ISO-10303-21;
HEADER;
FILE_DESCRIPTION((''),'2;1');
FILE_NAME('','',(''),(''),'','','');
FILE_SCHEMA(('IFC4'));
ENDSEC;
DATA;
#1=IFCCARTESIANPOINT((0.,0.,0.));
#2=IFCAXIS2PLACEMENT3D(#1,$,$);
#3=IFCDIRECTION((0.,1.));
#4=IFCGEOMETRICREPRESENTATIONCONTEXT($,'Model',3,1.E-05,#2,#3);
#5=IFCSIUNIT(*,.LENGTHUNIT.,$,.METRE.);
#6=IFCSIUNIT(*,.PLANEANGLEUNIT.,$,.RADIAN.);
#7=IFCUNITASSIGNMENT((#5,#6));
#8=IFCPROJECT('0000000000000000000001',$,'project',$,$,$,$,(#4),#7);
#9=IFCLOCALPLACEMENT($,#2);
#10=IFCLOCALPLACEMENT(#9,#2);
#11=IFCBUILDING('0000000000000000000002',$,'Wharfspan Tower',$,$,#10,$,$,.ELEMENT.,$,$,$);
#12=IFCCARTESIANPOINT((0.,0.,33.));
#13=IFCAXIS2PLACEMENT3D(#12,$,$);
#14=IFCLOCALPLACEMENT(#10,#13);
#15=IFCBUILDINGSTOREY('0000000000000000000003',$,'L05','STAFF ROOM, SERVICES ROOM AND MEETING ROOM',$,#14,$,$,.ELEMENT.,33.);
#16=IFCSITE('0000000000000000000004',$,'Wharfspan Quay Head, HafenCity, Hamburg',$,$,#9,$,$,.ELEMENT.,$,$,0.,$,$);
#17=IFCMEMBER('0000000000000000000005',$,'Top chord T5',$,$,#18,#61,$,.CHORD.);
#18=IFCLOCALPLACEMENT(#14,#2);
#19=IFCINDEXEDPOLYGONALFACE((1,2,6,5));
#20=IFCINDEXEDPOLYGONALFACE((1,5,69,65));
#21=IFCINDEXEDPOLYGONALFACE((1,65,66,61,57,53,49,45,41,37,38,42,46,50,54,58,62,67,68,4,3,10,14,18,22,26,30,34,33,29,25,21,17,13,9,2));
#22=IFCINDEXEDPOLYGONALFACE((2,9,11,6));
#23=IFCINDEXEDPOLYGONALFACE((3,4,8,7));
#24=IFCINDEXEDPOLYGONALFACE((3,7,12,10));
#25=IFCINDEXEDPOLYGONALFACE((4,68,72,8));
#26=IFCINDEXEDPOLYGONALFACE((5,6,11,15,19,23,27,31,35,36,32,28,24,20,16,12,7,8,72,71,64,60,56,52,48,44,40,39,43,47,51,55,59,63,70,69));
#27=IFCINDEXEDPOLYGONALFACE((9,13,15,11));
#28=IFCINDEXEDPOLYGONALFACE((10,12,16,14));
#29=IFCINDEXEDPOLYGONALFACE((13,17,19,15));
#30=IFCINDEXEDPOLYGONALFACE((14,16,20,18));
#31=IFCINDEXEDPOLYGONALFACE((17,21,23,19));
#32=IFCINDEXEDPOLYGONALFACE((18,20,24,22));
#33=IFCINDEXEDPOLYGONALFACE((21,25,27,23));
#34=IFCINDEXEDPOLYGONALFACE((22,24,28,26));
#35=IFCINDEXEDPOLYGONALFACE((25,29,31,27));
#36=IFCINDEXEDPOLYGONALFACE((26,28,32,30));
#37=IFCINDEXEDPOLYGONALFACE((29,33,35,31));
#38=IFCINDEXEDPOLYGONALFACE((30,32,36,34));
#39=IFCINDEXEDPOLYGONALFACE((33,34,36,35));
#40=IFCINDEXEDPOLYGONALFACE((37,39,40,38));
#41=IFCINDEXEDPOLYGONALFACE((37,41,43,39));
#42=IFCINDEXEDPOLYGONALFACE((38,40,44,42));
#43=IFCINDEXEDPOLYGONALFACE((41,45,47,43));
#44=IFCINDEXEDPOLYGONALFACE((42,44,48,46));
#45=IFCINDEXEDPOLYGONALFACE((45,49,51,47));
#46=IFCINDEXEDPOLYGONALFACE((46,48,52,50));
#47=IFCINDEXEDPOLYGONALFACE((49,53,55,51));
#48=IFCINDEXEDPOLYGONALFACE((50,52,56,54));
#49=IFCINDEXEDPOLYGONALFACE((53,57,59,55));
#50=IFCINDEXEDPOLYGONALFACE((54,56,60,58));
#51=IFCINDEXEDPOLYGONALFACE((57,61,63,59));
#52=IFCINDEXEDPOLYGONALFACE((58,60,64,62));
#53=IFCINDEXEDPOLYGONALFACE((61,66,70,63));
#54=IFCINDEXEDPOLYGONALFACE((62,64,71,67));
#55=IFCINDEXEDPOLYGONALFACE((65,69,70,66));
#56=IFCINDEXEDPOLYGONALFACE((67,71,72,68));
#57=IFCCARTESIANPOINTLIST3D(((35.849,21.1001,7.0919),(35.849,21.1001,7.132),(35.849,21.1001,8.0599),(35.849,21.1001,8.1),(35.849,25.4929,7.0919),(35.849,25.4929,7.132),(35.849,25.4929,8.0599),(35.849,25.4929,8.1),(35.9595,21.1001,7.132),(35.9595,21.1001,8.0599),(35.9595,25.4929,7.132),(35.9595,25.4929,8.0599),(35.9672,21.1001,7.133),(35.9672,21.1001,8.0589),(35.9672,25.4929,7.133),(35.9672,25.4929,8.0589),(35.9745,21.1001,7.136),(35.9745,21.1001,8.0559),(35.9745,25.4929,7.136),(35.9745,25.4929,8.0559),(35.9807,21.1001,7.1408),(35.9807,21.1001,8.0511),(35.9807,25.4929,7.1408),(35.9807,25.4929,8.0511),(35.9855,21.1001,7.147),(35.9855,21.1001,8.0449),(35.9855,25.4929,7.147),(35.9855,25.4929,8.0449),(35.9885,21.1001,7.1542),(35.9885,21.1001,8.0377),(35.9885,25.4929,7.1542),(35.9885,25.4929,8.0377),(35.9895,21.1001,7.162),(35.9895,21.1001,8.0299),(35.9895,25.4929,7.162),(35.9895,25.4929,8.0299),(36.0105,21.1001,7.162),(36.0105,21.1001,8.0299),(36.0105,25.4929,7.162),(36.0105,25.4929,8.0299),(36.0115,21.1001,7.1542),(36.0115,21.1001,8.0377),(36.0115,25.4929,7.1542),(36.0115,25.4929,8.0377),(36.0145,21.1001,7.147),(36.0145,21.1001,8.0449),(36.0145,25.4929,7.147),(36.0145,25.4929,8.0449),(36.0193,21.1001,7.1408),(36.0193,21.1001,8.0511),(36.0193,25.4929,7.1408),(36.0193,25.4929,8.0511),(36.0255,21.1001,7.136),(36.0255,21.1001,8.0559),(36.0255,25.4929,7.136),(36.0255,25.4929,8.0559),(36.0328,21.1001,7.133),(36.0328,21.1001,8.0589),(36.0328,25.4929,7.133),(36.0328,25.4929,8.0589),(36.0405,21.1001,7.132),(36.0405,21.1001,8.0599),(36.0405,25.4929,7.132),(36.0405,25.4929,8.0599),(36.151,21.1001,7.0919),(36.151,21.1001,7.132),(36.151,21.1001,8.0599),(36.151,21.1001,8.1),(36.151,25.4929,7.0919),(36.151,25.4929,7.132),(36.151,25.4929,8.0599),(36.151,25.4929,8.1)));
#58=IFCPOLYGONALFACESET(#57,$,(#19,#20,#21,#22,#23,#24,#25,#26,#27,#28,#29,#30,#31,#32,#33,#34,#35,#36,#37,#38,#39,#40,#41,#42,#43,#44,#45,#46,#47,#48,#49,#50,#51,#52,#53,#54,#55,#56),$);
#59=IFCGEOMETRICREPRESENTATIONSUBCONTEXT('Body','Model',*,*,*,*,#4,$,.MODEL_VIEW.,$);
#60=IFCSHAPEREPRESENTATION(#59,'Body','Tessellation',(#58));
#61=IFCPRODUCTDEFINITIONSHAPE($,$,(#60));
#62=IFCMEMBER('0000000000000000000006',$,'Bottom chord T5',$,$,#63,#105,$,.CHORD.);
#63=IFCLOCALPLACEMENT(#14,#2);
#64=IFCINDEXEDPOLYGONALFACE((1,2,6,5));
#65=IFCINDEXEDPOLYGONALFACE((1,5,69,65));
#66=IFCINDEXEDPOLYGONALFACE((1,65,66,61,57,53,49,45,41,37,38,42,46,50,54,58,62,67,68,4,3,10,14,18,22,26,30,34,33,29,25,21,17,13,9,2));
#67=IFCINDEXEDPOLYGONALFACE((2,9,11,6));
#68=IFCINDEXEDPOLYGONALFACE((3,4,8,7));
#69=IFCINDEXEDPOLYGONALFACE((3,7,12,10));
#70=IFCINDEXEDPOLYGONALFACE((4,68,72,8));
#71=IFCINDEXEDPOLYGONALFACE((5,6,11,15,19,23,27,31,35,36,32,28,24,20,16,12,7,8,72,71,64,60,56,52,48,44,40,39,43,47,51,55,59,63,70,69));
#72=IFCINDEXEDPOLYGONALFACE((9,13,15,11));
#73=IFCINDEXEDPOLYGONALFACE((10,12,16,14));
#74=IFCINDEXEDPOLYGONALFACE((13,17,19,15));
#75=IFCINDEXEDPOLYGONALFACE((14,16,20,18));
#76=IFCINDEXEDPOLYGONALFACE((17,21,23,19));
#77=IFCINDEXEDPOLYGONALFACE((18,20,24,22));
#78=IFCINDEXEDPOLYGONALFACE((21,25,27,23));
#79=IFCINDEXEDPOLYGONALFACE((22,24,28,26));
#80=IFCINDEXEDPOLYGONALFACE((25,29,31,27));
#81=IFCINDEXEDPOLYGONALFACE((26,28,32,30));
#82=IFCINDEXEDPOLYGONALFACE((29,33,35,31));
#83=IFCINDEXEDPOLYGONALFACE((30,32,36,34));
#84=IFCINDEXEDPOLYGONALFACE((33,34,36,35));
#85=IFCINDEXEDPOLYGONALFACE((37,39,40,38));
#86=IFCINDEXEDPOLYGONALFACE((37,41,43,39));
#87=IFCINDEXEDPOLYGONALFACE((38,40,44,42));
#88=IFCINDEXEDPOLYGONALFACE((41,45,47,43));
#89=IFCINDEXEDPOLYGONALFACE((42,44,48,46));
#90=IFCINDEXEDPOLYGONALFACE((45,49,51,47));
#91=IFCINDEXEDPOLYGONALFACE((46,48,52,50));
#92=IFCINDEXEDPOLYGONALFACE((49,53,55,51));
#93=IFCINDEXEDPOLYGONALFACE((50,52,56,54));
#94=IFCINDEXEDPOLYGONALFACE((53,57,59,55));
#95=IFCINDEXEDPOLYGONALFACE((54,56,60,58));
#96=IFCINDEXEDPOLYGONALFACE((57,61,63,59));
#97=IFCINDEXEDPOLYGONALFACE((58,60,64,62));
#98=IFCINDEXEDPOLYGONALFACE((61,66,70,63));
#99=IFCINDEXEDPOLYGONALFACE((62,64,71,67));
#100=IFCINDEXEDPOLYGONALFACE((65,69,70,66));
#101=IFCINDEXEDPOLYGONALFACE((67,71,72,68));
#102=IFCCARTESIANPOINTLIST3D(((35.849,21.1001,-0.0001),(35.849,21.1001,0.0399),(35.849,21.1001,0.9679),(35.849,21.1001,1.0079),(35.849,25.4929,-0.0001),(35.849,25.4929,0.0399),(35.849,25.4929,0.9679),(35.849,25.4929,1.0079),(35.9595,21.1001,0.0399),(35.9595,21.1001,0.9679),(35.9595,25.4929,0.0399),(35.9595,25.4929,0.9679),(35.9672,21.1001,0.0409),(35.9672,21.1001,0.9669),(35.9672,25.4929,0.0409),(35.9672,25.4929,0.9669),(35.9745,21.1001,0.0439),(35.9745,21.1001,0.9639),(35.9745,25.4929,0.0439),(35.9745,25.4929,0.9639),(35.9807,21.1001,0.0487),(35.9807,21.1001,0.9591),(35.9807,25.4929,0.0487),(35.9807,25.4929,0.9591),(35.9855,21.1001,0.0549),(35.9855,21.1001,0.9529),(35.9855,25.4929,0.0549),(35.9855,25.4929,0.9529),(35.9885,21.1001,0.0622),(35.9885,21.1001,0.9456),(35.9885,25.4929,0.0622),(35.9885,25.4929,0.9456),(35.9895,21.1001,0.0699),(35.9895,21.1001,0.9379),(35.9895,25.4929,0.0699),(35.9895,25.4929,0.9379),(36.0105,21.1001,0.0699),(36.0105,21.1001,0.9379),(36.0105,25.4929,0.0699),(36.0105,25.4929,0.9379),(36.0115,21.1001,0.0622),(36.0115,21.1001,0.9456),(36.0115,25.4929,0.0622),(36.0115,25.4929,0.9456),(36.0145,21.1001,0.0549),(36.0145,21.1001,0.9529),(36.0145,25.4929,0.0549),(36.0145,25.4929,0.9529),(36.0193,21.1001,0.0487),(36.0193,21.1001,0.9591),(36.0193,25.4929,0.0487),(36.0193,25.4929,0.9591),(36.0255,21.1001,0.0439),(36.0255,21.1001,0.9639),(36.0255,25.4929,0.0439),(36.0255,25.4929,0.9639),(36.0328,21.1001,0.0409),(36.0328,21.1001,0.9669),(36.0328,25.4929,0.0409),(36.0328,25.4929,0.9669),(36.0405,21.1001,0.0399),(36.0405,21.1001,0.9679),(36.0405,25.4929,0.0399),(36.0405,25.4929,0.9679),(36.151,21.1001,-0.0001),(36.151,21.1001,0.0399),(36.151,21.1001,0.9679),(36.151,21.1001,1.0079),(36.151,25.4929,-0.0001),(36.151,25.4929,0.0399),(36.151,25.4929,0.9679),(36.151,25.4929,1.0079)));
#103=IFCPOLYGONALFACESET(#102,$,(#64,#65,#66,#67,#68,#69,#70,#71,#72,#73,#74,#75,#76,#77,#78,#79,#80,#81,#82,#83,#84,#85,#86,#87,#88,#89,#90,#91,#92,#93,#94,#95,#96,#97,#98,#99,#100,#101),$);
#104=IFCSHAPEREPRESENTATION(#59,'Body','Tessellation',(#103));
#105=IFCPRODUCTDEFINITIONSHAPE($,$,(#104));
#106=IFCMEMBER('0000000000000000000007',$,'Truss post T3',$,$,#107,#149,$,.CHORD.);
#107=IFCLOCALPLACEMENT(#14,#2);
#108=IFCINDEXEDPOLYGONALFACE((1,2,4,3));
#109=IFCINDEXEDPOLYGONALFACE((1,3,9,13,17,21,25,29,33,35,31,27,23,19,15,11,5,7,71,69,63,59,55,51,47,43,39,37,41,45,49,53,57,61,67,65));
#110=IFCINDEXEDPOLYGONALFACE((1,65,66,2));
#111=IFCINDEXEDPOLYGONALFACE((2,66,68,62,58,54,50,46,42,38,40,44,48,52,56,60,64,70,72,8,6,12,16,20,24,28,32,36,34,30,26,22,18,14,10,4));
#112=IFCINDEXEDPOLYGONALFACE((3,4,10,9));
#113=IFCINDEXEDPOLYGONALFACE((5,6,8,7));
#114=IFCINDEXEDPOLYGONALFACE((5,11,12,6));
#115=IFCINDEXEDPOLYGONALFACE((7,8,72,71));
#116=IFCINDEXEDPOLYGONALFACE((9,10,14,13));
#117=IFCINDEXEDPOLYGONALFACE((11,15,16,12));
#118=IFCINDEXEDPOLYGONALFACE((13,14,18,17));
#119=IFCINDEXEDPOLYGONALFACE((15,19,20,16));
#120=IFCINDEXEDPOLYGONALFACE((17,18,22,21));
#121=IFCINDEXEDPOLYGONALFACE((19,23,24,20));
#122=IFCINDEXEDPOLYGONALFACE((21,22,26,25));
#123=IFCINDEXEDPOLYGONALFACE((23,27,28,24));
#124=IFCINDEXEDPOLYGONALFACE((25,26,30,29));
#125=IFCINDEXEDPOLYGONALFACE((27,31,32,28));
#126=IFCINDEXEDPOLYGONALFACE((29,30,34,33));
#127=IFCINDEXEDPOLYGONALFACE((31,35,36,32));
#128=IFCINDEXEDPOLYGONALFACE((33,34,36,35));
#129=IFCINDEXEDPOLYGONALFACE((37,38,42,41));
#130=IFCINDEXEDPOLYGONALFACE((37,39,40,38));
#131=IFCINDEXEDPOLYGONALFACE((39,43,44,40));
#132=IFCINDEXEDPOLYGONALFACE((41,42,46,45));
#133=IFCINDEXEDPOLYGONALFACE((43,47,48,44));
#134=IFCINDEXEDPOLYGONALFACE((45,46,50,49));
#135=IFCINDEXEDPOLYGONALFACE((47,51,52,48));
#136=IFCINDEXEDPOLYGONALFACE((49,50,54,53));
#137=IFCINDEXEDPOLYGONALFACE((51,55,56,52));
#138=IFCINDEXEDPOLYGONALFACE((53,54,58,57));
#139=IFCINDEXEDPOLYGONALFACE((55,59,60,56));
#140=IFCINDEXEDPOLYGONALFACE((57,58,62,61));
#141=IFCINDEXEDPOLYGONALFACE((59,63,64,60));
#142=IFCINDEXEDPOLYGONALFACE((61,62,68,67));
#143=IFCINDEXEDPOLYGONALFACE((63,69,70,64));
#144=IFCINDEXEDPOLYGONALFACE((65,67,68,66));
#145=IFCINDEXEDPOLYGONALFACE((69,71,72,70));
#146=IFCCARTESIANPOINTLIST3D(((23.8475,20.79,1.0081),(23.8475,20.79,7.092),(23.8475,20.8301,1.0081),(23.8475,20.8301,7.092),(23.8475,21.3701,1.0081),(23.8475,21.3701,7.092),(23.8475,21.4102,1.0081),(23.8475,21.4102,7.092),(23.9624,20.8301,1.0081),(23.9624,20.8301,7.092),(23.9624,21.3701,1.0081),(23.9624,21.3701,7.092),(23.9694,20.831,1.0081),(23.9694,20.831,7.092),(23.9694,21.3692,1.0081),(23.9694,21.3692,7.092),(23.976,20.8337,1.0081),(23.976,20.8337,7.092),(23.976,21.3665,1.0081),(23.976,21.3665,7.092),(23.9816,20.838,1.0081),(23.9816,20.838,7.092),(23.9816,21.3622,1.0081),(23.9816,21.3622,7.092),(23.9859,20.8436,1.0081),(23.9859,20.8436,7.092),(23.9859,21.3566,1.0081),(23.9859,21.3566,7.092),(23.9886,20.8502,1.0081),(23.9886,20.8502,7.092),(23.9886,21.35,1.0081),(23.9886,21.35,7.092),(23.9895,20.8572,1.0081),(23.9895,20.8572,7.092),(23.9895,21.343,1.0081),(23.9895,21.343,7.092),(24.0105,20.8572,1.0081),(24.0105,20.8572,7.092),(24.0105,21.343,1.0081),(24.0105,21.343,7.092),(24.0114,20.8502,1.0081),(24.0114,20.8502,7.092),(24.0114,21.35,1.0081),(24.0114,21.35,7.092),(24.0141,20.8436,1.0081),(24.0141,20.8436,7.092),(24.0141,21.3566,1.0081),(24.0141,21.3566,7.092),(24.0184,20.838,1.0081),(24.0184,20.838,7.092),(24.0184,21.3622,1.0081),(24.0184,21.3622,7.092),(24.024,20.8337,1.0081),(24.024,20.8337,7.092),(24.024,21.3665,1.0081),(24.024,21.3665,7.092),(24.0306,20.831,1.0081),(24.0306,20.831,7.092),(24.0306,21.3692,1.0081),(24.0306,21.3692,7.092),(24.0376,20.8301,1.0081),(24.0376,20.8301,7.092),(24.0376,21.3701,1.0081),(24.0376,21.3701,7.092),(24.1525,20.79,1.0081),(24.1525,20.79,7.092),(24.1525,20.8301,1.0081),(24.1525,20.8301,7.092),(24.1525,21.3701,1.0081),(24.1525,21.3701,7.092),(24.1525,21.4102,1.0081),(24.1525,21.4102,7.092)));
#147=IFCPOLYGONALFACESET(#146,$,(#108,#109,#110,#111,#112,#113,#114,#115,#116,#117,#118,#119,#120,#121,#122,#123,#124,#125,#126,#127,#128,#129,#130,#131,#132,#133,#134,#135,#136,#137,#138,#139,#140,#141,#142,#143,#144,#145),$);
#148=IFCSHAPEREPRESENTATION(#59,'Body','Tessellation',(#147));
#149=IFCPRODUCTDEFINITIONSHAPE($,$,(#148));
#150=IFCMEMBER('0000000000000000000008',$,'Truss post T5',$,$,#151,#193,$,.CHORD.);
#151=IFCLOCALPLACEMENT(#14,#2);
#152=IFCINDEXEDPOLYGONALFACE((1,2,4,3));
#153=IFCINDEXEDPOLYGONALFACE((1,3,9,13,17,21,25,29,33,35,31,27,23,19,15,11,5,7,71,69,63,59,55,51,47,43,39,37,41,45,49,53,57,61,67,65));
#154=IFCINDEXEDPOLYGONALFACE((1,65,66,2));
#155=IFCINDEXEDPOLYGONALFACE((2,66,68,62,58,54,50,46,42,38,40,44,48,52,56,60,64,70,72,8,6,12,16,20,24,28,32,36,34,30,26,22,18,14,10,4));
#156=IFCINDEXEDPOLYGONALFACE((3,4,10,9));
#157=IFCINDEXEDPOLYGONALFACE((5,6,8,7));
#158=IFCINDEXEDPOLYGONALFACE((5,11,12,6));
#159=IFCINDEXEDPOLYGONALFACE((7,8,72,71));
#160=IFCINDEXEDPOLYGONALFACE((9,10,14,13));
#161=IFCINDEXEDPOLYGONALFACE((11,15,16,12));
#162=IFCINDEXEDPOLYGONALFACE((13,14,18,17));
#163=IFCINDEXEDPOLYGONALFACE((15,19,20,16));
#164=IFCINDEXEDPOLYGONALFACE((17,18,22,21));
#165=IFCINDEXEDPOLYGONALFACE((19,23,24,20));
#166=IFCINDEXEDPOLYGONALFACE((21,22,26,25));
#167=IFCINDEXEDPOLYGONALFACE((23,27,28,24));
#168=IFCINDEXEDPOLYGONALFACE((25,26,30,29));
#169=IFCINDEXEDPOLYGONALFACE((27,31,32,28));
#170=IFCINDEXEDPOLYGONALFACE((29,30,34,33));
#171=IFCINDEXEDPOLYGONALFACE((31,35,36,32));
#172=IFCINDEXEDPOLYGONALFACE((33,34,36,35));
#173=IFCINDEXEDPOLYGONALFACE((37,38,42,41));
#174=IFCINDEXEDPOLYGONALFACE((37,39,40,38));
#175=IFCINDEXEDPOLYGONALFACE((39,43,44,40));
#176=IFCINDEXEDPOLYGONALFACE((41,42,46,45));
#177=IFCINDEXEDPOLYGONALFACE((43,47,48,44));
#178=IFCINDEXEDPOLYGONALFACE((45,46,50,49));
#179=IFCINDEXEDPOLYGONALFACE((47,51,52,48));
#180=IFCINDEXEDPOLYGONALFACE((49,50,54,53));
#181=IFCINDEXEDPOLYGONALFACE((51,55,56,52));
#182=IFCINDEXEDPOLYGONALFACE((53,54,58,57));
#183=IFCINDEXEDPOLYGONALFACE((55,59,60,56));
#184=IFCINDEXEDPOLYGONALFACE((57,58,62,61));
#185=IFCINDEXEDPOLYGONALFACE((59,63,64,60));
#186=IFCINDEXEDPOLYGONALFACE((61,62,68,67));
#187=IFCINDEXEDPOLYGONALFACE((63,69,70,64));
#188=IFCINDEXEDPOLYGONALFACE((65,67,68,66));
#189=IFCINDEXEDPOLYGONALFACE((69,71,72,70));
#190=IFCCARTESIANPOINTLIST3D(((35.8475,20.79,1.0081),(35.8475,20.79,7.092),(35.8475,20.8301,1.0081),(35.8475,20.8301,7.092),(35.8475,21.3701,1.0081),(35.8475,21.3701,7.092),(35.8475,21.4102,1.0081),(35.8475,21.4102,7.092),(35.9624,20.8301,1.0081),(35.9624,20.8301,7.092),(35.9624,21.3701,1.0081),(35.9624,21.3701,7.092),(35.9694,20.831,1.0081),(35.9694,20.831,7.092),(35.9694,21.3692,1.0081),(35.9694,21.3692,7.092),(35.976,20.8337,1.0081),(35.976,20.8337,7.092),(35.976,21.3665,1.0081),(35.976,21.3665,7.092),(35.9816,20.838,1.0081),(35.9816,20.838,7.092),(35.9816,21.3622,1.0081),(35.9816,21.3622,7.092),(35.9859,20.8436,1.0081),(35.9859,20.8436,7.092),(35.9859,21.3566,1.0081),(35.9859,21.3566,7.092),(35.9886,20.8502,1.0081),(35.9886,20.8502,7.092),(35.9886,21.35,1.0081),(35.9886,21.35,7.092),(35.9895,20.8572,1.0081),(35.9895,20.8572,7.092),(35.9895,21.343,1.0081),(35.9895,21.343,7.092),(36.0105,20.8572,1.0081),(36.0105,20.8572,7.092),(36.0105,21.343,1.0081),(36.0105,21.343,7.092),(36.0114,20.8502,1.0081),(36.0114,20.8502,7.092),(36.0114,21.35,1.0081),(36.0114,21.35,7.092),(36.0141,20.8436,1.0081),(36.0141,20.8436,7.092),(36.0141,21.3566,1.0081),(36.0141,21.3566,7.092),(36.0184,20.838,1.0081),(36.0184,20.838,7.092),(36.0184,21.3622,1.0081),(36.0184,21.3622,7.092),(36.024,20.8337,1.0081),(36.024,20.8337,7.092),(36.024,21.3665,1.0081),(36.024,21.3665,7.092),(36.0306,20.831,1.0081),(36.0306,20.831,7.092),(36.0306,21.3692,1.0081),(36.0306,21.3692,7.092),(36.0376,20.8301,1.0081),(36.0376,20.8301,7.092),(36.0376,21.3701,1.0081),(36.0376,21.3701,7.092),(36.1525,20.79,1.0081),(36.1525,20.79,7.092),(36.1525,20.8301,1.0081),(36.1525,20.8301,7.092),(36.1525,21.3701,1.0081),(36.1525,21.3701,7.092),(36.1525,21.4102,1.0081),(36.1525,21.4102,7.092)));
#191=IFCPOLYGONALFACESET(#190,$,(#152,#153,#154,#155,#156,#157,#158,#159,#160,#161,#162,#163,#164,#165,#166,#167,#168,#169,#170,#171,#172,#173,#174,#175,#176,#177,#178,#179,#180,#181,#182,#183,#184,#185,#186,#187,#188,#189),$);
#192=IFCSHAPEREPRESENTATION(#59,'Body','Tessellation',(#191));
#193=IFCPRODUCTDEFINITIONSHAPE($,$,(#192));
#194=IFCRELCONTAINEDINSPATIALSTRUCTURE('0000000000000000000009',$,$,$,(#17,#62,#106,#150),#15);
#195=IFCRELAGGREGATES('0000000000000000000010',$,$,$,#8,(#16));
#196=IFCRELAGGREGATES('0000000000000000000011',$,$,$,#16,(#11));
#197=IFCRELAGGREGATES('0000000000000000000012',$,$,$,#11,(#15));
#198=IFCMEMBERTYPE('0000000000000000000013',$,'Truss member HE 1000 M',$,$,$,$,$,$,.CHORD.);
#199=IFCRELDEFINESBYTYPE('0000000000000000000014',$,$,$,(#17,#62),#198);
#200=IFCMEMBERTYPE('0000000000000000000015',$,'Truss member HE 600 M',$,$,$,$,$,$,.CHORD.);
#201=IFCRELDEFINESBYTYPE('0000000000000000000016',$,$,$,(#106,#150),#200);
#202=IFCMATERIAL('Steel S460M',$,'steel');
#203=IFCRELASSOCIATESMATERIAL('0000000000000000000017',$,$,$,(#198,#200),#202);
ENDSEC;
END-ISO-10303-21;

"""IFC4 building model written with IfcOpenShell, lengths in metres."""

from ifc_helpers import new_model, si_unit, direction, frame, origin, origin_2d, place, context, subcontext, project, spatial, i_section, extrude, material, material_profile, profile_set, type_object, element, save


model = new_model("IFC4")

# Units and contexts
model_context = context("Model", 3, precision=1e-05, world=origin(), true_north=direction((0.0, 1.0)))
body_context = subcontext(model_context, "Body", "Model", "MODEL_VIEW")
ifc_project = project(units=[si_unit("LENGTHUNIT", "METRE"), si_unit("PLANEANGLEUNIT", "RADIAN")], contexts=[model_context])

# Site, building, storey
site_placement = place(None, origin())
site = spatial("IfcSite", under=ifc_project, at=site_placement, Name="Wharfspan Quay Head, HafenCity, Hamburg", CompositionType="ELEMENT", RefElevation=0.0)
building_placement = place(site_placement, origin())
building = spatial("IfcBuilding", under=site, at=building_placement, Name="Wharfspan Tower", CompositionType="ELEMENT")
storey_placement = place(building_placement, frame((0.0, 0.0, 33.0)))
storey = spatial("IfcBuildingStorey", under=building, at=storey_placement, Name="L05", Description="STAFF ROOM, SERVICES ROOM AND MEETING ROOM", CompositionType="ELEMENT", Elevation=33.0)

# Members
ifc_material_1 = material(Name="Steel S460M", Category="steel")
ifc_material_profile_1 = material_profile(ifc_material_1, i_section(OverallWidth=0.302, OverallDepth=1.0081, WebThickness=0.021, FlangeThickness=0.04, FilletRadius=0.03, at=origin_2d()))
ifc_profile_set_1 = profile_set([ifc_material_profile_1], Name="Steel S460M")
member_type_1 = type_object("IfcMemberType", Name="Truss member HE 1000 M", PredefinedType="CHORD", material=ifc_profile_set_1)
for number, where, z_axis, x_axis, name in (
    (1, (36.0, 21.1001, 7.5959), (0.0, 1.0, 0.0), (-1.0, 0.0, 0.0), "Top chord T5"),
    (2, (36.0, 21.1001, 0.5039), (0.0, 1.0, 0.0), (-1.0, 0.0, 0.0), "Bottom chord T5"),
):
    element("IfcMember", number, at=place(storey_placement, frame(where, z_axis=z_axis, x_axis=x_axis)), inside=storey, type_object=member_type_1, Name=name, PredefinedType="CHORD", context=body_context, shape_type="SweptSolid", body=[
        extrude(i_section(OverallWidth=0.302, OverallDepth=1.0081, WebThickness=0.021, FlangeThickness=0.04, FilletRadius=0.03, at=origin_2d()), origin(), (0.0, 0.0, 1.0), 4.3928),
    ])
ifc_material_profile_2 = material_profile(ifc_material_1, i_section(OverallWidth=0.3049, OverallDepth=0.6201, WebThickness=0.021, FlangeThickness=0.04, FilletRadius=0.0271, at=origin_2d()))
ifc_profile_set_2 = profile_set([ifc_material_profile_2], Name="Steel S460M")
member_type_2 = type_object("IfcMemberType", Name="Truss member HE 600 M", PredefinedType="CHORD", material=ifc_profile_set_2)
for number, where, z_axis, x_axis, name in (
    (3, (24.0, 21.1001, 1.0081), (0.0, 0.0, 1.0), (1.0, 0.0, 0.0), "Truss post T3"),
    (4, (36.0, 21.1001, 1.0081), (0.0, 0.0, 1.0), (1.0, 0.0, 0.0), "Truss post T5"),
):
    element("IfcMember", number, at=place(storey_placement, frame(where, z_axis=z_axis, x_axis=x_axis)), inside=storey, type_object=member_type_2, Name=name, PredefinedType="CHORD", context=body_context, shape_type="SweptSolid", body=[
        extrude(i_section(OverallWidth=0.3049, OverallDepth=0.6201, WebThickness=0.021, FlangeThickness=0.04, FilletRadius=0.0271, at=origin_2d()), origin(), (0.0, 0.0, 1.0), 6.084),
    ])

save(model, "model.ifc")
